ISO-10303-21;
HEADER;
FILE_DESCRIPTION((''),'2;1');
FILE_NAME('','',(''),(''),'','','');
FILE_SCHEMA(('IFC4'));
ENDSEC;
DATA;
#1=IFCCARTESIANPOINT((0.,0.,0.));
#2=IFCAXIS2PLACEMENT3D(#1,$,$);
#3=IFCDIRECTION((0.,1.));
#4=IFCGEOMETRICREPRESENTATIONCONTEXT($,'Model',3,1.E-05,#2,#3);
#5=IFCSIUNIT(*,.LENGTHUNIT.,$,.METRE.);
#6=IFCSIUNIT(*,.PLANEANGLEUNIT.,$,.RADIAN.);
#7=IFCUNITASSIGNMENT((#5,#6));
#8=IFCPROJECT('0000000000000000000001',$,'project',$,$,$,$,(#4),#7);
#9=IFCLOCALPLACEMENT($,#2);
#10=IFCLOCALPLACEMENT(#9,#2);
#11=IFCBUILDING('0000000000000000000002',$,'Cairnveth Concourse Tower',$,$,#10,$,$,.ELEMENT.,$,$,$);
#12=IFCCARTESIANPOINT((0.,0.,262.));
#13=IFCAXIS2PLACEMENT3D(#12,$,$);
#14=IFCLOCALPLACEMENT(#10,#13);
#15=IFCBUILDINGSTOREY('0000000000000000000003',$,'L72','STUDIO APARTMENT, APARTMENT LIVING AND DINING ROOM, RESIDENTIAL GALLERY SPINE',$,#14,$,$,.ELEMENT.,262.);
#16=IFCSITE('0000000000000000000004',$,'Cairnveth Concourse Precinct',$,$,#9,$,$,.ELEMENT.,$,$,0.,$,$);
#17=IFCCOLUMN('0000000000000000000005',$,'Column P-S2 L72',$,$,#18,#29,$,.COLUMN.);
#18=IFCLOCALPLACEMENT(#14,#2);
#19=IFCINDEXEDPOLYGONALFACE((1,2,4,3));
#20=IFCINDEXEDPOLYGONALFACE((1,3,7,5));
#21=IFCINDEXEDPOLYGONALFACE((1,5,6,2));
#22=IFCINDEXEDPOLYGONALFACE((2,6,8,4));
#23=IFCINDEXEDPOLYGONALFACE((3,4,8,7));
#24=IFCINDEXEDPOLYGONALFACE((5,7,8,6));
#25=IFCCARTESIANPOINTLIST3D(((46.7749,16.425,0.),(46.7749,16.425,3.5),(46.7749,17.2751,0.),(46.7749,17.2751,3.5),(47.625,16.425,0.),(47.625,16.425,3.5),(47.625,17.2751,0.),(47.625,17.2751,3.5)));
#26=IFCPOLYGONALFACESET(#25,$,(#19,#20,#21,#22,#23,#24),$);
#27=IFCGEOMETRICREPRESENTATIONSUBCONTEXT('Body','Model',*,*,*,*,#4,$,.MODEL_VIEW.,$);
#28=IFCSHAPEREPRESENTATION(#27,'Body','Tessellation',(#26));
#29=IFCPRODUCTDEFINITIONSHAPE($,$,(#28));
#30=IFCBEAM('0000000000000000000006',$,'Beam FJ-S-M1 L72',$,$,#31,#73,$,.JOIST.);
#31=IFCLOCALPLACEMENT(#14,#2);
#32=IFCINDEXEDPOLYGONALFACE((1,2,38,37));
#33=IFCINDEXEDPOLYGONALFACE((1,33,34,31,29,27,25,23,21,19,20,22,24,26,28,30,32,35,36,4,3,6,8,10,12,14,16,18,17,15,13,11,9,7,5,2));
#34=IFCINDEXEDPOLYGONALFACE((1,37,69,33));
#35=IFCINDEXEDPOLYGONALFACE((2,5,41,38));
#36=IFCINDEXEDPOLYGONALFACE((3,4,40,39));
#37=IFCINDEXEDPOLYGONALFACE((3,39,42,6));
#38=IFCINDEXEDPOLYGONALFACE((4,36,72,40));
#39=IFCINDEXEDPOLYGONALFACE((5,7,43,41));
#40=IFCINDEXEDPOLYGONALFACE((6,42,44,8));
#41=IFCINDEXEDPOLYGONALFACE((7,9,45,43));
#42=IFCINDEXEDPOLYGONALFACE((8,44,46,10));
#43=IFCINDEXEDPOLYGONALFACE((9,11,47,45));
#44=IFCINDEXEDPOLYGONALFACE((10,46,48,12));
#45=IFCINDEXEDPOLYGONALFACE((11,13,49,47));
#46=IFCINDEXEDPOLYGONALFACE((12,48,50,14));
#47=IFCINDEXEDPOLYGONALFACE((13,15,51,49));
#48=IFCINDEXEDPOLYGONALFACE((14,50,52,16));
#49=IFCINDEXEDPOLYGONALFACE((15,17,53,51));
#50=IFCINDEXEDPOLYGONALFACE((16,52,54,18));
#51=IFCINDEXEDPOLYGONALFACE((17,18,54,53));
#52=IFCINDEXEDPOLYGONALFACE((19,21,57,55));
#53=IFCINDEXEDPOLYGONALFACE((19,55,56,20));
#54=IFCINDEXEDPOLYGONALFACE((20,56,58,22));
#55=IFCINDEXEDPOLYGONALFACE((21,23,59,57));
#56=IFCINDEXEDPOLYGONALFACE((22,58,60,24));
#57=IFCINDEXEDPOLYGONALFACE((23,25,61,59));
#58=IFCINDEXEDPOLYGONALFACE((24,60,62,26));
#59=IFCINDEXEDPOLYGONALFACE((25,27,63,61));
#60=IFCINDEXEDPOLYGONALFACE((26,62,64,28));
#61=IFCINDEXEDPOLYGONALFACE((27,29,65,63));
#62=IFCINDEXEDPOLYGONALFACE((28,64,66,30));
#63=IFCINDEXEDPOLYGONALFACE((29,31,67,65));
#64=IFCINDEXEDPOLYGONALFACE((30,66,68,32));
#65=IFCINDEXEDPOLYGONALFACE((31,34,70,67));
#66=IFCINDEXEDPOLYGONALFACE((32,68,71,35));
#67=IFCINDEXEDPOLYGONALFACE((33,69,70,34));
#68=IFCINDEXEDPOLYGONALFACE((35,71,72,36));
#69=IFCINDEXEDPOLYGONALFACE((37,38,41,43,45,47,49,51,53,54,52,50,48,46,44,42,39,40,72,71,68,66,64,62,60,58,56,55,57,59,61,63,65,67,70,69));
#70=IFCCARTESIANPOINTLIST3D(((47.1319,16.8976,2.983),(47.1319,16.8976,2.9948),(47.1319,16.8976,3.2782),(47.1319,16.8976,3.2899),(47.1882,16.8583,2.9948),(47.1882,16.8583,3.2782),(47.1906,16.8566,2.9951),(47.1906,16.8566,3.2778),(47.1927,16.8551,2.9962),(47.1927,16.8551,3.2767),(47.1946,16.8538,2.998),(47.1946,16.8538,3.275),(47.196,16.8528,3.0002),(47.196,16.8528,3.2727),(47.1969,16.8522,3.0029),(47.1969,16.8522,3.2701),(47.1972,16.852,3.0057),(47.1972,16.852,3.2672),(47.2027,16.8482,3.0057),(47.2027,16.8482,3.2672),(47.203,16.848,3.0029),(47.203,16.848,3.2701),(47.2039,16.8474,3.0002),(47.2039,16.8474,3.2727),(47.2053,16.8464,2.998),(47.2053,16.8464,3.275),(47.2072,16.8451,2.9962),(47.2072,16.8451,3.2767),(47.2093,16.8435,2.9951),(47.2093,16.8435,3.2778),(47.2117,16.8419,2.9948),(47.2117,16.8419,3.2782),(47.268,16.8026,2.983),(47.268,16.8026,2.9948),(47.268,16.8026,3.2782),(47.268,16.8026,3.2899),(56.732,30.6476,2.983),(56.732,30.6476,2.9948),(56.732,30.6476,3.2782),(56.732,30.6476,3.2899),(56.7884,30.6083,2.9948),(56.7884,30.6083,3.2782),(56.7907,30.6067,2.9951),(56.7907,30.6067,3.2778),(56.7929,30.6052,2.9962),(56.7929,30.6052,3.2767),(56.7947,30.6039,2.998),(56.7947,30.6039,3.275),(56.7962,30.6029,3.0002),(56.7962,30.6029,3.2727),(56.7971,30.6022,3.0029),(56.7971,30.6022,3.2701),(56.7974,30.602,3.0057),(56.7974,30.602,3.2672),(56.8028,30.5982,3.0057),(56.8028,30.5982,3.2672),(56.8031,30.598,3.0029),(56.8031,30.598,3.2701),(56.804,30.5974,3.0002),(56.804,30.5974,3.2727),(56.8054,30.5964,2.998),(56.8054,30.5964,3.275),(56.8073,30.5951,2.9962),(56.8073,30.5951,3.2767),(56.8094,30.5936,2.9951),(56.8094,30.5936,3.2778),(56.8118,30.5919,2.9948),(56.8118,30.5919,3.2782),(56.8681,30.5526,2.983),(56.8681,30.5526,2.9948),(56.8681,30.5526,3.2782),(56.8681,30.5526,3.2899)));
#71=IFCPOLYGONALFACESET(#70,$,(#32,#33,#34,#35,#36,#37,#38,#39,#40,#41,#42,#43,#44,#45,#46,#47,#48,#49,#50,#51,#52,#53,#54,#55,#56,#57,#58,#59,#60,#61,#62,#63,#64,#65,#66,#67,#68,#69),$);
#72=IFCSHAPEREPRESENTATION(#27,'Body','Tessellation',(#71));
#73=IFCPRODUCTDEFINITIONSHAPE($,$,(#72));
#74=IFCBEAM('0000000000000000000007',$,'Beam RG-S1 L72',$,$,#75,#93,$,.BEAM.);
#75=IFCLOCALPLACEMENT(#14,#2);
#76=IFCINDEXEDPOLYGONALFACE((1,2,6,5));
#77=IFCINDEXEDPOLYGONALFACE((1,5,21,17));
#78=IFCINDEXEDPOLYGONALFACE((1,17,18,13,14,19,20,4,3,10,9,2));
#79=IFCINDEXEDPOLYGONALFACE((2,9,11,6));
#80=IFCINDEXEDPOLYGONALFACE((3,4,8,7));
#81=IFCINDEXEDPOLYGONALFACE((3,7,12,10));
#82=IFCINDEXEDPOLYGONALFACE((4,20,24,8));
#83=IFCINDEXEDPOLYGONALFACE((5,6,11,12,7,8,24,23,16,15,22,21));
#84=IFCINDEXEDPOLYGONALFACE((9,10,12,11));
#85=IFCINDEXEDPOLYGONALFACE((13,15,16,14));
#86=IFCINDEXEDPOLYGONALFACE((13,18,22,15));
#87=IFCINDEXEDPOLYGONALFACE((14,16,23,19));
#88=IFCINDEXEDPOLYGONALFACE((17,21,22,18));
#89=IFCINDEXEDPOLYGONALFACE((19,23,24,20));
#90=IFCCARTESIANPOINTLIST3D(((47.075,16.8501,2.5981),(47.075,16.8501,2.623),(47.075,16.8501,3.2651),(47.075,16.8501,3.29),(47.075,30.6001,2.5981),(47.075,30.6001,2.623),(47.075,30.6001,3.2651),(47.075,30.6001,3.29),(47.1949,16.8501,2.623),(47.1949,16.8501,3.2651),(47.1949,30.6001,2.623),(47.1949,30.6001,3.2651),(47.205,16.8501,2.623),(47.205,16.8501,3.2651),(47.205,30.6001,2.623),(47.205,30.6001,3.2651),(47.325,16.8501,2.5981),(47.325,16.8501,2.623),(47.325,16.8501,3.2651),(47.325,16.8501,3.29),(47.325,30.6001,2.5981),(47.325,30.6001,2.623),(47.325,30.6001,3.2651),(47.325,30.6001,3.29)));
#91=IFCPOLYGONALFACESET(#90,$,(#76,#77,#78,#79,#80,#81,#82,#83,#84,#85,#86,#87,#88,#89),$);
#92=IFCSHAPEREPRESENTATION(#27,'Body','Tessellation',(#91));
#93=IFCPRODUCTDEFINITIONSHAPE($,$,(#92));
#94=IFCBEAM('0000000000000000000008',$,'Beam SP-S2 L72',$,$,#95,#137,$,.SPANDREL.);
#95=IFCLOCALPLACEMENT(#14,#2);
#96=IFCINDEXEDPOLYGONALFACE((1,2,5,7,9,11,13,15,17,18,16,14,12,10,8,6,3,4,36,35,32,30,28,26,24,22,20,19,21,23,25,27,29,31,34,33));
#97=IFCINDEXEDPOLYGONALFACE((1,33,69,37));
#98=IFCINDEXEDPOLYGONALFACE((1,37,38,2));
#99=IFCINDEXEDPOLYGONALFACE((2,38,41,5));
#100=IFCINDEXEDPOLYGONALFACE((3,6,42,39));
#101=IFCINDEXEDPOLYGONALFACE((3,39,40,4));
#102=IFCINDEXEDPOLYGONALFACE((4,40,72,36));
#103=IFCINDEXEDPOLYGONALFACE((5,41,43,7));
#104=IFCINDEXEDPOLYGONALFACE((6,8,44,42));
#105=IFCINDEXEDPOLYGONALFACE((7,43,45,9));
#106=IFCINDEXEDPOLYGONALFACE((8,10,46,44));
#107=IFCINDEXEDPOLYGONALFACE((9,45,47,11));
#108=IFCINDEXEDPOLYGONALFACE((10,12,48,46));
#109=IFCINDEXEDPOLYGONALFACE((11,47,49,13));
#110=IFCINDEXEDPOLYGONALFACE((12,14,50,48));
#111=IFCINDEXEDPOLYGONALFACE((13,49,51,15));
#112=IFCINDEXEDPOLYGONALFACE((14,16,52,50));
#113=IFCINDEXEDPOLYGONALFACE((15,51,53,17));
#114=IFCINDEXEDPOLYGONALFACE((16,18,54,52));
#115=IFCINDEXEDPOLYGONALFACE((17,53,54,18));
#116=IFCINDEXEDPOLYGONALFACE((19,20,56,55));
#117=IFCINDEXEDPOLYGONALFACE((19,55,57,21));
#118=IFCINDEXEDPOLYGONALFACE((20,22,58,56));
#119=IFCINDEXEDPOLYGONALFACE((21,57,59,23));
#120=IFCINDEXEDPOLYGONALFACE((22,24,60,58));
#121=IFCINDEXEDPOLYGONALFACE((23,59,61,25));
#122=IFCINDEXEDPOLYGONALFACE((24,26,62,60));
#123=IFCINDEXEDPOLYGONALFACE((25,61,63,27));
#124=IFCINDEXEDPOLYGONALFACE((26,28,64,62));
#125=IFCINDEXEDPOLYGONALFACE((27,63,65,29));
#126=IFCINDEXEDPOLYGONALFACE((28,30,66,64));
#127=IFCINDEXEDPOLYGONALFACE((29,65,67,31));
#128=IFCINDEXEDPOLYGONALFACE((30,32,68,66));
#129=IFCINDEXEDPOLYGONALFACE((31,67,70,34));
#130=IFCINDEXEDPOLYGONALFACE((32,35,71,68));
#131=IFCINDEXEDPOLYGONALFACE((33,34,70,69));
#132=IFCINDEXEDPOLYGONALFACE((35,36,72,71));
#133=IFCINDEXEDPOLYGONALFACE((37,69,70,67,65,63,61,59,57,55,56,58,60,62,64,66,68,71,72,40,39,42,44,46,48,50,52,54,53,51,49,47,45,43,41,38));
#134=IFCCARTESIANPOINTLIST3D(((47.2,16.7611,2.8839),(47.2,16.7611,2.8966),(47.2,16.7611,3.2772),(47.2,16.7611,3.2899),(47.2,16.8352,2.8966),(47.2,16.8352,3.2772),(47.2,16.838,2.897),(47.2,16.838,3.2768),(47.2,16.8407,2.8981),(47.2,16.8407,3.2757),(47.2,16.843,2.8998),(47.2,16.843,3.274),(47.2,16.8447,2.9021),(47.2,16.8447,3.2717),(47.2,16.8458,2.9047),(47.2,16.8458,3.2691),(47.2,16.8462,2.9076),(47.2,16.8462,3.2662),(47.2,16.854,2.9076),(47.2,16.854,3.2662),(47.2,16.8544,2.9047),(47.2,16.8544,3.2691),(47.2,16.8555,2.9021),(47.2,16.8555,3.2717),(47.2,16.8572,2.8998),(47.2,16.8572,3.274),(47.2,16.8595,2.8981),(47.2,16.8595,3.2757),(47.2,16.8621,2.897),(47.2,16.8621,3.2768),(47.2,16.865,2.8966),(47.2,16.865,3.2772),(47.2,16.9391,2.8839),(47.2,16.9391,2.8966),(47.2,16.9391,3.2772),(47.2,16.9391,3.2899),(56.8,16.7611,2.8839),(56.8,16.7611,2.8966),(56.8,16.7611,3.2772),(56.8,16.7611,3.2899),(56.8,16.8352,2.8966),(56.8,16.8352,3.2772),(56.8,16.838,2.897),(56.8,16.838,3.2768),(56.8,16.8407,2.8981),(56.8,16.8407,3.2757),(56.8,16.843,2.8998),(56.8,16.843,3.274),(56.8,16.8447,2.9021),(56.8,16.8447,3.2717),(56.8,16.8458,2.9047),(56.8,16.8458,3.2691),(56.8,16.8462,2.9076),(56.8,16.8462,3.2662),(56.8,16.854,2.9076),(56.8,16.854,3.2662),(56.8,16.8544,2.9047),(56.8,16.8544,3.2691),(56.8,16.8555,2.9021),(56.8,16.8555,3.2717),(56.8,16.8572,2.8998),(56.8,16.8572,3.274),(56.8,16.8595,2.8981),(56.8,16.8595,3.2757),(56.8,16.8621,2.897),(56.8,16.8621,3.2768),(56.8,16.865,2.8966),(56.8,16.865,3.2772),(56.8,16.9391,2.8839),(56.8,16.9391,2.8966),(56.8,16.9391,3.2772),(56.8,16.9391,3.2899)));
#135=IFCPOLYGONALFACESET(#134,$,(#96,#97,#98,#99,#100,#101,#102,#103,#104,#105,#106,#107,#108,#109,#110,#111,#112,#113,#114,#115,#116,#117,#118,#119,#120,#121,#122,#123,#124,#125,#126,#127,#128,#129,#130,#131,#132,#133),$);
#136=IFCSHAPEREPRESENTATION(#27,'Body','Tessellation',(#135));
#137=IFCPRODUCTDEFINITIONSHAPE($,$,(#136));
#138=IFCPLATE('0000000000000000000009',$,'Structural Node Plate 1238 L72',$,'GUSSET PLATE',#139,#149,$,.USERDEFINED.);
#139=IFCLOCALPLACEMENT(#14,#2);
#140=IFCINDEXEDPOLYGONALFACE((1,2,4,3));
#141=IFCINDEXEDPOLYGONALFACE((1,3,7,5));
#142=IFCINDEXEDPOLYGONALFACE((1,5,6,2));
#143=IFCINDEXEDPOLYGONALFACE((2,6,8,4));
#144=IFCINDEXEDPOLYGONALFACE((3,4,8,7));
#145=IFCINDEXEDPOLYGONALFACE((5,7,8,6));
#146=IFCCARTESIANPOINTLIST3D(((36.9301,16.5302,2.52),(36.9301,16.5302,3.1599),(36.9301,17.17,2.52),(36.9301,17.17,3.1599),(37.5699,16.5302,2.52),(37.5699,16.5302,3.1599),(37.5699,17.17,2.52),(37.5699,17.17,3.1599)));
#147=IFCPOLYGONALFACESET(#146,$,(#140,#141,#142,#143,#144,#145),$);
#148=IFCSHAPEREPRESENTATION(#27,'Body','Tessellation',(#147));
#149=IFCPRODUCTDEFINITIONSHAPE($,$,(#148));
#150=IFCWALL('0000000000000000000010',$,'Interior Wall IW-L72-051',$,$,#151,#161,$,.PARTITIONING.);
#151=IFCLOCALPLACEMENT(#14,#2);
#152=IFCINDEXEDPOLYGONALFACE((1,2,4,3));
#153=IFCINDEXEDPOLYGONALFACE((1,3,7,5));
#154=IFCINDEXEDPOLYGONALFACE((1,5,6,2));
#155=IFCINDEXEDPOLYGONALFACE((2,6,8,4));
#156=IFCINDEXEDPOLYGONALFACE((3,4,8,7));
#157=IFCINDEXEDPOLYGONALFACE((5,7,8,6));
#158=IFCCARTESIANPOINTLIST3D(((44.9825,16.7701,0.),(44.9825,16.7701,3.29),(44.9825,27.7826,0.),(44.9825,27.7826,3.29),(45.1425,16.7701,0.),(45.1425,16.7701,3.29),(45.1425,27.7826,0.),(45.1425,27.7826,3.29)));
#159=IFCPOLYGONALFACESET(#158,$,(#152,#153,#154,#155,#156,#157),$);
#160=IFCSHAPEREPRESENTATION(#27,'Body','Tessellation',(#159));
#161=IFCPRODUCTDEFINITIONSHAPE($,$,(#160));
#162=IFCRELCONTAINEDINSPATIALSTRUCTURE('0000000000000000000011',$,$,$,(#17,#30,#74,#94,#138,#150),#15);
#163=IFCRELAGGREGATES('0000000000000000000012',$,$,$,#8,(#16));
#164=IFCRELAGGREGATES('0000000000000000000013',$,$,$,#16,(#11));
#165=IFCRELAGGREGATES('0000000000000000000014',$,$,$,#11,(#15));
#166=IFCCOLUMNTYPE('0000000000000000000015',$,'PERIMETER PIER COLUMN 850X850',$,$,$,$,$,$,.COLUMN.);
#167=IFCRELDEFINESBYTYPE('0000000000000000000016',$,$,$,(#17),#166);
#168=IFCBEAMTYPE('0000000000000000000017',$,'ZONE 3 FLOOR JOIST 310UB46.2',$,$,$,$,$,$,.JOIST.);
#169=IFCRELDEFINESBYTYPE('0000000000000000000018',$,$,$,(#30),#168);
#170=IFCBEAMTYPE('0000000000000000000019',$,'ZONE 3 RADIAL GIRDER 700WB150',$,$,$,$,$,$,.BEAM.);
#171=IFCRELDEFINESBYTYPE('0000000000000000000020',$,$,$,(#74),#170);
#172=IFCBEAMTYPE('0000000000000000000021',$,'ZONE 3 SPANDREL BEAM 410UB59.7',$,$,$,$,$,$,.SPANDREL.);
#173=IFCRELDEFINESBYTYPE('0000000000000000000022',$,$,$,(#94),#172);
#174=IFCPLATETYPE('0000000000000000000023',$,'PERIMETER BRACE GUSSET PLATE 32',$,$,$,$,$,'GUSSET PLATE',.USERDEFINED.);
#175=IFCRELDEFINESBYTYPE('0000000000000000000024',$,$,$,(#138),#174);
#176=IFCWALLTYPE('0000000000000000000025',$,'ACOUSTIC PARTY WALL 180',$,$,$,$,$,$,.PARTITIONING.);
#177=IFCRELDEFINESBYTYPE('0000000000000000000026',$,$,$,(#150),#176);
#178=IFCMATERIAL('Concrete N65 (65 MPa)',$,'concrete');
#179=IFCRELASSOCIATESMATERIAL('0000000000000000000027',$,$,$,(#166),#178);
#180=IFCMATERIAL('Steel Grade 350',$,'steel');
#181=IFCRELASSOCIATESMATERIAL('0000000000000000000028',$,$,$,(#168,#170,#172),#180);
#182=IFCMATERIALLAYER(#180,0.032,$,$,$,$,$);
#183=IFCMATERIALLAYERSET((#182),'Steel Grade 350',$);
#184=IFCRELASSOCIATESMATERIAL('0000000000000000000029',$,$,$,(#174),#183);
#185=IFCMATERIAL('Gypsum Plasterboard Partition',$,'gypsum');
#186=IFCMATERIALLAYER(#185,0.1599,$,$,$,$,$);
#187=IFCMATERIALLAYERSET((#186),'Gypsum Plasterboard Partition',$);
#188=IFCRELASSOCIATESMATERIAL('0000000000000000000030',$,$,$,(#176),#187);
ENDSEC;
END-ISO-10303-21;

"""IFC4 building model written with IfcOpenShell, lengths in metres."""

from ifc_helpers import new_model, si_unit, direction, frame, frame_2d, origin, origin_2d, place, context, subcontext, project, spatial, rectangle, i_section, extrude, material, layer, layer_set, material_profile, profile_set, type_object, element, save


model = new_model("IFC4")

# Units and contexts
model_context = context("Model", 3, precision=1e-05, world=origin(), true_north=direction((0.0, 1.0)))
body_context = subcontext(model_context, "Body", "Model", "MODEL_VIEW")
ifc_project = project(units=[si_unit("LENGTHUNIT", "METRE"), si_unit("PLANEANGLEUNIT", "RADIAN")], contexts=[model_context])

# Site, building, storey
site_placement = place(None, origin())
site = spatial("IfcSite", under=ifc_project, at=site_placement, Name="Cairnveth Concourse Precinct", CompositionType="ELEMENT", RefElevation=0.0)
building_placement = place(site_placement, origin())
building = spatial("IfcBuilding", under=site, at=building_placement, Name="Cairnveth Concourse Tower", CompositionType="ELEMENT")
storey_placement = place(building_placement, frame((0.0, 0.0, 262.0)))
storey = spatial("IfcBuildingStorey", under=building, at=storey_placement, Name="L72", Description="STUDIO APARTMENT, APARTMENT LIVING AND DINING ROOM, RESIDENTIAL GALLERY SPINE", CompositionType="ELEMENT", Elevation=262.0)

# Column
ifc_material_1 = material(Name="Concrete N65 (65 MPa)", Category="concrete")
ifc_material_profile_1 = material_profile(ifc_material_1, rectangle(XDim=0.8501, YDim=0.8501, at=origin_2d()), Name="RC-COL-850x850")
ifc_profile_set_1 = profile_set([ifc_material_profile_1], Name="Concrete N65 (65 MPa)")
column_type = type_object("IfcColumnType", Name="PERIMETER PIER COLUMN 850X850", PredefinedType="COLUMN", material=ifc_profile_set_1)
column_placement = place(storey_placement, frame((47.2, 16.8501, 0.0), z_axis=(0.0, 0.0, 1.0), x_axis=(1.0, 0.0, 0.0)))
element("IfcColumn", 1, at=column_placement, inside=storey, type_object=column_type, Name="Column P-S2 L72", PredefinedType="COLUMN", context=body_context, shape_type="SweptSolid", body=[
    extrude(rectangle(XDim=0.8501, YDim=0.8501, at=origin_2d()), origin(), (0.0, 0.0, 1.0), 3.5),
])

# Beams
ifc_material_2 = material(Name="Steel Grade 350", Category="steel")
ifc_material_profile_2 = material_profile(ifc_material_2, i_section(OverallWidth=0.166, OverallDepth=0.3069, WebThickness=0.0066, FlangeThickness=0.0117, FilletRadius=0.011, at=origin_2d()), Name="310UB46.2")
ifc_profile_set_2 = profile_set([ifc_material_profile_2], Name="Steel Grade 350")
beam_type_1 = type_object("IfcBeamType", Name="ZONE 3 FLOOR JOIST 310UB46.2", PredefinedType="JOIST", material=ifc_profile_set_2)
beam_1_placement = place(storey_placement, frame((47.2, 16.8501, 3.1365), z_axis=(0.572465, 0.819929, 0.0), x_axis=(-0.819929, 0.572465, 0.0)))
element("IfcBeam", 2, at=beam_1_placement, inside=storey, type_object=beam_type_1, Name="Beam FJ-S-M1 L72", PredefinedType="JOIST", context=body_context, shape_type="SweptSolid", body=[
    extrude(i_section(OverallWidth=0.166, OverallDepth=0.3069, WebThickness=0.0066, FlangeThickness=0.0117, FilletRadius=0.011, at=origin_2d()), origin(), (0.0, 0.0, 1.0), 16.7698),
])
ifc_material_profile_3 = material_profile(ifc_material_2, i_section(OverallWidth=0.25, OverallDepth=0.6919, WebThickness=0.01, FlangeThickness=0.0249, at=origin_2d()), Name="700WB150")
ifc_profile_set_3 = profile_set([ifc_material_profile_3], Name="Steel Grade 350")
beam_type_2 = type_object("IfcBeamType", Name="ZONE 3 RADIAL GIRDER 700WB150", PredefinedType="BEAM", material=ifc_profile_set_3)
beam_2_placement = place(storey_placement, frame((47.2, 16.8501, 2.9441), z_axis=(0.0, 1.0, 0.0), x_axis=(-1.0, 0.0, 0.0)))
element("IfcBeam", 3, at=beam_2_placement, inside=storey, type_object=beam_type_2, Name="Beam RG-S1 L72", PredefinedType="BEAM", context=body_context, shape_type="SweptSolid", body=[
    extrude(i_section(OverallWidth=0.25, OverallDepth=0.6919, WebThickness=0.01, FlangeThickness=0.0249, at=origin_2d()), origin(), (0.0, 0.0, 1.0), 13.75),
])
ifc_material_profile_4 = material_profile(ifc_material_2, i_section(OverallWidth=0.178, OverallDepth=0.406, WebThickness=0.0078, FlangeThickness=0.0127, FilletRadius=0.011, at=origin_2d()), Name="410UB59.7")
ifc_profile_set_4 = profile_set([ifc_material_profile_4], Name="Steel Grade 350")
beam_type_3 = type_object("IfcBeamType", Name="ZONE 3 SPANDREL BEAM 410UB59.7", PredefinedType="SPANDREL", material=ifc_profile_set_4)
beam_3_placement = place(storey_placement, frame((47.2, 16.8501, 3.0869), z_axis=(1.0, 0.0, 0.0), x_axis=(0.0, 1.0, 0.0)))
element("IfcBeam", 4, at=beam_3_placement, inside=storey, type_object=beam_type_3, Name="Beam SP-S2 L72", PredefinedType="SPANDREL", context=body_context, shape_type="SweptSolid", body=[
    extrude(i_section(OverallWidth=0.178, OverallDepth=0.406, WebThickness=0.0078, FlangeThickness=0.0127, FilletRadius=0.011, at=origin_2d()), origin(), (0.0, 0.0, 1.0), 9.6001),
])

# Plate
ifc_layer_1 = layer(ifc_material_2, 0.032)
ifc_layer_set_1 = layer_set([ifc_layer_1], Name="Steel Grade 350")
plate_type = type_object("IfcPlateType", Name="PERIMETER BRACE GUSSET PLATE 32", ElementType="GUSSET PLATE", PredefinedType="USERDEFINED", material=ifc_layer_set_1)
plate_placement = place(storey_placement, frame((37.25, 16.8501, 2.52), z_axis=(0.0, 0.0, 1.0), x_axis=(1.0, 0.0, 0.0)))
element("IfcPlate", 5, at=plate_placement, inside=storey, type_object=plate_type, Name="Structural Node Plate 1238 L72", ObjectType="GUSSET PLATE", PredefinedType="USERDEFINED", context=body_context, shape_type="SweptSolid", body=[
    extrude(rectangle(XDim=0.6399, YDim=0.6399, at=origin_2d()), origin(), (0.0, 0.0, 1.0), 0.6399),
])

# Wall
ifc_material_3 = material(Name="Gypsum Plasterboard Partition", Category="gypsum")
ifc_layer_2 = layer(ifc_material_3, 0.1599)
ifc_layer_set_2 = layer_set([ifc_layer_2], Name="Gypsum Plasterboard Partition")
wall_type_1 = type_object("IfcWallType", Name="ACOUSTIC PARTY WALL 180", PredefinedType="PARTITIONING", material=ifc_layer_set_2)
wall_1_placement = place(storey_placement, frame((45.0625, 16.77, 0.0), z_axis=(0.0, 0.0, 1.0), x_axis=(0.0, 1.0, 0.0)))
element("IfcWall", 6, at=wall_1_placement, inside=storey, type_object=wall_type_1, Name="Interior Wall IW-L72-051", PredefinedType="PARTITIONING", context=body_context, shape_type="SweptSolid", body=[
    extrude(rectangle(XDim=11.0125, YDim=0.1599, at=frame_2d((5.5063, 0.0))), origin(), (0.0, 0.0, 1.0), 3.29),
])

save(model, "model.ifc")
